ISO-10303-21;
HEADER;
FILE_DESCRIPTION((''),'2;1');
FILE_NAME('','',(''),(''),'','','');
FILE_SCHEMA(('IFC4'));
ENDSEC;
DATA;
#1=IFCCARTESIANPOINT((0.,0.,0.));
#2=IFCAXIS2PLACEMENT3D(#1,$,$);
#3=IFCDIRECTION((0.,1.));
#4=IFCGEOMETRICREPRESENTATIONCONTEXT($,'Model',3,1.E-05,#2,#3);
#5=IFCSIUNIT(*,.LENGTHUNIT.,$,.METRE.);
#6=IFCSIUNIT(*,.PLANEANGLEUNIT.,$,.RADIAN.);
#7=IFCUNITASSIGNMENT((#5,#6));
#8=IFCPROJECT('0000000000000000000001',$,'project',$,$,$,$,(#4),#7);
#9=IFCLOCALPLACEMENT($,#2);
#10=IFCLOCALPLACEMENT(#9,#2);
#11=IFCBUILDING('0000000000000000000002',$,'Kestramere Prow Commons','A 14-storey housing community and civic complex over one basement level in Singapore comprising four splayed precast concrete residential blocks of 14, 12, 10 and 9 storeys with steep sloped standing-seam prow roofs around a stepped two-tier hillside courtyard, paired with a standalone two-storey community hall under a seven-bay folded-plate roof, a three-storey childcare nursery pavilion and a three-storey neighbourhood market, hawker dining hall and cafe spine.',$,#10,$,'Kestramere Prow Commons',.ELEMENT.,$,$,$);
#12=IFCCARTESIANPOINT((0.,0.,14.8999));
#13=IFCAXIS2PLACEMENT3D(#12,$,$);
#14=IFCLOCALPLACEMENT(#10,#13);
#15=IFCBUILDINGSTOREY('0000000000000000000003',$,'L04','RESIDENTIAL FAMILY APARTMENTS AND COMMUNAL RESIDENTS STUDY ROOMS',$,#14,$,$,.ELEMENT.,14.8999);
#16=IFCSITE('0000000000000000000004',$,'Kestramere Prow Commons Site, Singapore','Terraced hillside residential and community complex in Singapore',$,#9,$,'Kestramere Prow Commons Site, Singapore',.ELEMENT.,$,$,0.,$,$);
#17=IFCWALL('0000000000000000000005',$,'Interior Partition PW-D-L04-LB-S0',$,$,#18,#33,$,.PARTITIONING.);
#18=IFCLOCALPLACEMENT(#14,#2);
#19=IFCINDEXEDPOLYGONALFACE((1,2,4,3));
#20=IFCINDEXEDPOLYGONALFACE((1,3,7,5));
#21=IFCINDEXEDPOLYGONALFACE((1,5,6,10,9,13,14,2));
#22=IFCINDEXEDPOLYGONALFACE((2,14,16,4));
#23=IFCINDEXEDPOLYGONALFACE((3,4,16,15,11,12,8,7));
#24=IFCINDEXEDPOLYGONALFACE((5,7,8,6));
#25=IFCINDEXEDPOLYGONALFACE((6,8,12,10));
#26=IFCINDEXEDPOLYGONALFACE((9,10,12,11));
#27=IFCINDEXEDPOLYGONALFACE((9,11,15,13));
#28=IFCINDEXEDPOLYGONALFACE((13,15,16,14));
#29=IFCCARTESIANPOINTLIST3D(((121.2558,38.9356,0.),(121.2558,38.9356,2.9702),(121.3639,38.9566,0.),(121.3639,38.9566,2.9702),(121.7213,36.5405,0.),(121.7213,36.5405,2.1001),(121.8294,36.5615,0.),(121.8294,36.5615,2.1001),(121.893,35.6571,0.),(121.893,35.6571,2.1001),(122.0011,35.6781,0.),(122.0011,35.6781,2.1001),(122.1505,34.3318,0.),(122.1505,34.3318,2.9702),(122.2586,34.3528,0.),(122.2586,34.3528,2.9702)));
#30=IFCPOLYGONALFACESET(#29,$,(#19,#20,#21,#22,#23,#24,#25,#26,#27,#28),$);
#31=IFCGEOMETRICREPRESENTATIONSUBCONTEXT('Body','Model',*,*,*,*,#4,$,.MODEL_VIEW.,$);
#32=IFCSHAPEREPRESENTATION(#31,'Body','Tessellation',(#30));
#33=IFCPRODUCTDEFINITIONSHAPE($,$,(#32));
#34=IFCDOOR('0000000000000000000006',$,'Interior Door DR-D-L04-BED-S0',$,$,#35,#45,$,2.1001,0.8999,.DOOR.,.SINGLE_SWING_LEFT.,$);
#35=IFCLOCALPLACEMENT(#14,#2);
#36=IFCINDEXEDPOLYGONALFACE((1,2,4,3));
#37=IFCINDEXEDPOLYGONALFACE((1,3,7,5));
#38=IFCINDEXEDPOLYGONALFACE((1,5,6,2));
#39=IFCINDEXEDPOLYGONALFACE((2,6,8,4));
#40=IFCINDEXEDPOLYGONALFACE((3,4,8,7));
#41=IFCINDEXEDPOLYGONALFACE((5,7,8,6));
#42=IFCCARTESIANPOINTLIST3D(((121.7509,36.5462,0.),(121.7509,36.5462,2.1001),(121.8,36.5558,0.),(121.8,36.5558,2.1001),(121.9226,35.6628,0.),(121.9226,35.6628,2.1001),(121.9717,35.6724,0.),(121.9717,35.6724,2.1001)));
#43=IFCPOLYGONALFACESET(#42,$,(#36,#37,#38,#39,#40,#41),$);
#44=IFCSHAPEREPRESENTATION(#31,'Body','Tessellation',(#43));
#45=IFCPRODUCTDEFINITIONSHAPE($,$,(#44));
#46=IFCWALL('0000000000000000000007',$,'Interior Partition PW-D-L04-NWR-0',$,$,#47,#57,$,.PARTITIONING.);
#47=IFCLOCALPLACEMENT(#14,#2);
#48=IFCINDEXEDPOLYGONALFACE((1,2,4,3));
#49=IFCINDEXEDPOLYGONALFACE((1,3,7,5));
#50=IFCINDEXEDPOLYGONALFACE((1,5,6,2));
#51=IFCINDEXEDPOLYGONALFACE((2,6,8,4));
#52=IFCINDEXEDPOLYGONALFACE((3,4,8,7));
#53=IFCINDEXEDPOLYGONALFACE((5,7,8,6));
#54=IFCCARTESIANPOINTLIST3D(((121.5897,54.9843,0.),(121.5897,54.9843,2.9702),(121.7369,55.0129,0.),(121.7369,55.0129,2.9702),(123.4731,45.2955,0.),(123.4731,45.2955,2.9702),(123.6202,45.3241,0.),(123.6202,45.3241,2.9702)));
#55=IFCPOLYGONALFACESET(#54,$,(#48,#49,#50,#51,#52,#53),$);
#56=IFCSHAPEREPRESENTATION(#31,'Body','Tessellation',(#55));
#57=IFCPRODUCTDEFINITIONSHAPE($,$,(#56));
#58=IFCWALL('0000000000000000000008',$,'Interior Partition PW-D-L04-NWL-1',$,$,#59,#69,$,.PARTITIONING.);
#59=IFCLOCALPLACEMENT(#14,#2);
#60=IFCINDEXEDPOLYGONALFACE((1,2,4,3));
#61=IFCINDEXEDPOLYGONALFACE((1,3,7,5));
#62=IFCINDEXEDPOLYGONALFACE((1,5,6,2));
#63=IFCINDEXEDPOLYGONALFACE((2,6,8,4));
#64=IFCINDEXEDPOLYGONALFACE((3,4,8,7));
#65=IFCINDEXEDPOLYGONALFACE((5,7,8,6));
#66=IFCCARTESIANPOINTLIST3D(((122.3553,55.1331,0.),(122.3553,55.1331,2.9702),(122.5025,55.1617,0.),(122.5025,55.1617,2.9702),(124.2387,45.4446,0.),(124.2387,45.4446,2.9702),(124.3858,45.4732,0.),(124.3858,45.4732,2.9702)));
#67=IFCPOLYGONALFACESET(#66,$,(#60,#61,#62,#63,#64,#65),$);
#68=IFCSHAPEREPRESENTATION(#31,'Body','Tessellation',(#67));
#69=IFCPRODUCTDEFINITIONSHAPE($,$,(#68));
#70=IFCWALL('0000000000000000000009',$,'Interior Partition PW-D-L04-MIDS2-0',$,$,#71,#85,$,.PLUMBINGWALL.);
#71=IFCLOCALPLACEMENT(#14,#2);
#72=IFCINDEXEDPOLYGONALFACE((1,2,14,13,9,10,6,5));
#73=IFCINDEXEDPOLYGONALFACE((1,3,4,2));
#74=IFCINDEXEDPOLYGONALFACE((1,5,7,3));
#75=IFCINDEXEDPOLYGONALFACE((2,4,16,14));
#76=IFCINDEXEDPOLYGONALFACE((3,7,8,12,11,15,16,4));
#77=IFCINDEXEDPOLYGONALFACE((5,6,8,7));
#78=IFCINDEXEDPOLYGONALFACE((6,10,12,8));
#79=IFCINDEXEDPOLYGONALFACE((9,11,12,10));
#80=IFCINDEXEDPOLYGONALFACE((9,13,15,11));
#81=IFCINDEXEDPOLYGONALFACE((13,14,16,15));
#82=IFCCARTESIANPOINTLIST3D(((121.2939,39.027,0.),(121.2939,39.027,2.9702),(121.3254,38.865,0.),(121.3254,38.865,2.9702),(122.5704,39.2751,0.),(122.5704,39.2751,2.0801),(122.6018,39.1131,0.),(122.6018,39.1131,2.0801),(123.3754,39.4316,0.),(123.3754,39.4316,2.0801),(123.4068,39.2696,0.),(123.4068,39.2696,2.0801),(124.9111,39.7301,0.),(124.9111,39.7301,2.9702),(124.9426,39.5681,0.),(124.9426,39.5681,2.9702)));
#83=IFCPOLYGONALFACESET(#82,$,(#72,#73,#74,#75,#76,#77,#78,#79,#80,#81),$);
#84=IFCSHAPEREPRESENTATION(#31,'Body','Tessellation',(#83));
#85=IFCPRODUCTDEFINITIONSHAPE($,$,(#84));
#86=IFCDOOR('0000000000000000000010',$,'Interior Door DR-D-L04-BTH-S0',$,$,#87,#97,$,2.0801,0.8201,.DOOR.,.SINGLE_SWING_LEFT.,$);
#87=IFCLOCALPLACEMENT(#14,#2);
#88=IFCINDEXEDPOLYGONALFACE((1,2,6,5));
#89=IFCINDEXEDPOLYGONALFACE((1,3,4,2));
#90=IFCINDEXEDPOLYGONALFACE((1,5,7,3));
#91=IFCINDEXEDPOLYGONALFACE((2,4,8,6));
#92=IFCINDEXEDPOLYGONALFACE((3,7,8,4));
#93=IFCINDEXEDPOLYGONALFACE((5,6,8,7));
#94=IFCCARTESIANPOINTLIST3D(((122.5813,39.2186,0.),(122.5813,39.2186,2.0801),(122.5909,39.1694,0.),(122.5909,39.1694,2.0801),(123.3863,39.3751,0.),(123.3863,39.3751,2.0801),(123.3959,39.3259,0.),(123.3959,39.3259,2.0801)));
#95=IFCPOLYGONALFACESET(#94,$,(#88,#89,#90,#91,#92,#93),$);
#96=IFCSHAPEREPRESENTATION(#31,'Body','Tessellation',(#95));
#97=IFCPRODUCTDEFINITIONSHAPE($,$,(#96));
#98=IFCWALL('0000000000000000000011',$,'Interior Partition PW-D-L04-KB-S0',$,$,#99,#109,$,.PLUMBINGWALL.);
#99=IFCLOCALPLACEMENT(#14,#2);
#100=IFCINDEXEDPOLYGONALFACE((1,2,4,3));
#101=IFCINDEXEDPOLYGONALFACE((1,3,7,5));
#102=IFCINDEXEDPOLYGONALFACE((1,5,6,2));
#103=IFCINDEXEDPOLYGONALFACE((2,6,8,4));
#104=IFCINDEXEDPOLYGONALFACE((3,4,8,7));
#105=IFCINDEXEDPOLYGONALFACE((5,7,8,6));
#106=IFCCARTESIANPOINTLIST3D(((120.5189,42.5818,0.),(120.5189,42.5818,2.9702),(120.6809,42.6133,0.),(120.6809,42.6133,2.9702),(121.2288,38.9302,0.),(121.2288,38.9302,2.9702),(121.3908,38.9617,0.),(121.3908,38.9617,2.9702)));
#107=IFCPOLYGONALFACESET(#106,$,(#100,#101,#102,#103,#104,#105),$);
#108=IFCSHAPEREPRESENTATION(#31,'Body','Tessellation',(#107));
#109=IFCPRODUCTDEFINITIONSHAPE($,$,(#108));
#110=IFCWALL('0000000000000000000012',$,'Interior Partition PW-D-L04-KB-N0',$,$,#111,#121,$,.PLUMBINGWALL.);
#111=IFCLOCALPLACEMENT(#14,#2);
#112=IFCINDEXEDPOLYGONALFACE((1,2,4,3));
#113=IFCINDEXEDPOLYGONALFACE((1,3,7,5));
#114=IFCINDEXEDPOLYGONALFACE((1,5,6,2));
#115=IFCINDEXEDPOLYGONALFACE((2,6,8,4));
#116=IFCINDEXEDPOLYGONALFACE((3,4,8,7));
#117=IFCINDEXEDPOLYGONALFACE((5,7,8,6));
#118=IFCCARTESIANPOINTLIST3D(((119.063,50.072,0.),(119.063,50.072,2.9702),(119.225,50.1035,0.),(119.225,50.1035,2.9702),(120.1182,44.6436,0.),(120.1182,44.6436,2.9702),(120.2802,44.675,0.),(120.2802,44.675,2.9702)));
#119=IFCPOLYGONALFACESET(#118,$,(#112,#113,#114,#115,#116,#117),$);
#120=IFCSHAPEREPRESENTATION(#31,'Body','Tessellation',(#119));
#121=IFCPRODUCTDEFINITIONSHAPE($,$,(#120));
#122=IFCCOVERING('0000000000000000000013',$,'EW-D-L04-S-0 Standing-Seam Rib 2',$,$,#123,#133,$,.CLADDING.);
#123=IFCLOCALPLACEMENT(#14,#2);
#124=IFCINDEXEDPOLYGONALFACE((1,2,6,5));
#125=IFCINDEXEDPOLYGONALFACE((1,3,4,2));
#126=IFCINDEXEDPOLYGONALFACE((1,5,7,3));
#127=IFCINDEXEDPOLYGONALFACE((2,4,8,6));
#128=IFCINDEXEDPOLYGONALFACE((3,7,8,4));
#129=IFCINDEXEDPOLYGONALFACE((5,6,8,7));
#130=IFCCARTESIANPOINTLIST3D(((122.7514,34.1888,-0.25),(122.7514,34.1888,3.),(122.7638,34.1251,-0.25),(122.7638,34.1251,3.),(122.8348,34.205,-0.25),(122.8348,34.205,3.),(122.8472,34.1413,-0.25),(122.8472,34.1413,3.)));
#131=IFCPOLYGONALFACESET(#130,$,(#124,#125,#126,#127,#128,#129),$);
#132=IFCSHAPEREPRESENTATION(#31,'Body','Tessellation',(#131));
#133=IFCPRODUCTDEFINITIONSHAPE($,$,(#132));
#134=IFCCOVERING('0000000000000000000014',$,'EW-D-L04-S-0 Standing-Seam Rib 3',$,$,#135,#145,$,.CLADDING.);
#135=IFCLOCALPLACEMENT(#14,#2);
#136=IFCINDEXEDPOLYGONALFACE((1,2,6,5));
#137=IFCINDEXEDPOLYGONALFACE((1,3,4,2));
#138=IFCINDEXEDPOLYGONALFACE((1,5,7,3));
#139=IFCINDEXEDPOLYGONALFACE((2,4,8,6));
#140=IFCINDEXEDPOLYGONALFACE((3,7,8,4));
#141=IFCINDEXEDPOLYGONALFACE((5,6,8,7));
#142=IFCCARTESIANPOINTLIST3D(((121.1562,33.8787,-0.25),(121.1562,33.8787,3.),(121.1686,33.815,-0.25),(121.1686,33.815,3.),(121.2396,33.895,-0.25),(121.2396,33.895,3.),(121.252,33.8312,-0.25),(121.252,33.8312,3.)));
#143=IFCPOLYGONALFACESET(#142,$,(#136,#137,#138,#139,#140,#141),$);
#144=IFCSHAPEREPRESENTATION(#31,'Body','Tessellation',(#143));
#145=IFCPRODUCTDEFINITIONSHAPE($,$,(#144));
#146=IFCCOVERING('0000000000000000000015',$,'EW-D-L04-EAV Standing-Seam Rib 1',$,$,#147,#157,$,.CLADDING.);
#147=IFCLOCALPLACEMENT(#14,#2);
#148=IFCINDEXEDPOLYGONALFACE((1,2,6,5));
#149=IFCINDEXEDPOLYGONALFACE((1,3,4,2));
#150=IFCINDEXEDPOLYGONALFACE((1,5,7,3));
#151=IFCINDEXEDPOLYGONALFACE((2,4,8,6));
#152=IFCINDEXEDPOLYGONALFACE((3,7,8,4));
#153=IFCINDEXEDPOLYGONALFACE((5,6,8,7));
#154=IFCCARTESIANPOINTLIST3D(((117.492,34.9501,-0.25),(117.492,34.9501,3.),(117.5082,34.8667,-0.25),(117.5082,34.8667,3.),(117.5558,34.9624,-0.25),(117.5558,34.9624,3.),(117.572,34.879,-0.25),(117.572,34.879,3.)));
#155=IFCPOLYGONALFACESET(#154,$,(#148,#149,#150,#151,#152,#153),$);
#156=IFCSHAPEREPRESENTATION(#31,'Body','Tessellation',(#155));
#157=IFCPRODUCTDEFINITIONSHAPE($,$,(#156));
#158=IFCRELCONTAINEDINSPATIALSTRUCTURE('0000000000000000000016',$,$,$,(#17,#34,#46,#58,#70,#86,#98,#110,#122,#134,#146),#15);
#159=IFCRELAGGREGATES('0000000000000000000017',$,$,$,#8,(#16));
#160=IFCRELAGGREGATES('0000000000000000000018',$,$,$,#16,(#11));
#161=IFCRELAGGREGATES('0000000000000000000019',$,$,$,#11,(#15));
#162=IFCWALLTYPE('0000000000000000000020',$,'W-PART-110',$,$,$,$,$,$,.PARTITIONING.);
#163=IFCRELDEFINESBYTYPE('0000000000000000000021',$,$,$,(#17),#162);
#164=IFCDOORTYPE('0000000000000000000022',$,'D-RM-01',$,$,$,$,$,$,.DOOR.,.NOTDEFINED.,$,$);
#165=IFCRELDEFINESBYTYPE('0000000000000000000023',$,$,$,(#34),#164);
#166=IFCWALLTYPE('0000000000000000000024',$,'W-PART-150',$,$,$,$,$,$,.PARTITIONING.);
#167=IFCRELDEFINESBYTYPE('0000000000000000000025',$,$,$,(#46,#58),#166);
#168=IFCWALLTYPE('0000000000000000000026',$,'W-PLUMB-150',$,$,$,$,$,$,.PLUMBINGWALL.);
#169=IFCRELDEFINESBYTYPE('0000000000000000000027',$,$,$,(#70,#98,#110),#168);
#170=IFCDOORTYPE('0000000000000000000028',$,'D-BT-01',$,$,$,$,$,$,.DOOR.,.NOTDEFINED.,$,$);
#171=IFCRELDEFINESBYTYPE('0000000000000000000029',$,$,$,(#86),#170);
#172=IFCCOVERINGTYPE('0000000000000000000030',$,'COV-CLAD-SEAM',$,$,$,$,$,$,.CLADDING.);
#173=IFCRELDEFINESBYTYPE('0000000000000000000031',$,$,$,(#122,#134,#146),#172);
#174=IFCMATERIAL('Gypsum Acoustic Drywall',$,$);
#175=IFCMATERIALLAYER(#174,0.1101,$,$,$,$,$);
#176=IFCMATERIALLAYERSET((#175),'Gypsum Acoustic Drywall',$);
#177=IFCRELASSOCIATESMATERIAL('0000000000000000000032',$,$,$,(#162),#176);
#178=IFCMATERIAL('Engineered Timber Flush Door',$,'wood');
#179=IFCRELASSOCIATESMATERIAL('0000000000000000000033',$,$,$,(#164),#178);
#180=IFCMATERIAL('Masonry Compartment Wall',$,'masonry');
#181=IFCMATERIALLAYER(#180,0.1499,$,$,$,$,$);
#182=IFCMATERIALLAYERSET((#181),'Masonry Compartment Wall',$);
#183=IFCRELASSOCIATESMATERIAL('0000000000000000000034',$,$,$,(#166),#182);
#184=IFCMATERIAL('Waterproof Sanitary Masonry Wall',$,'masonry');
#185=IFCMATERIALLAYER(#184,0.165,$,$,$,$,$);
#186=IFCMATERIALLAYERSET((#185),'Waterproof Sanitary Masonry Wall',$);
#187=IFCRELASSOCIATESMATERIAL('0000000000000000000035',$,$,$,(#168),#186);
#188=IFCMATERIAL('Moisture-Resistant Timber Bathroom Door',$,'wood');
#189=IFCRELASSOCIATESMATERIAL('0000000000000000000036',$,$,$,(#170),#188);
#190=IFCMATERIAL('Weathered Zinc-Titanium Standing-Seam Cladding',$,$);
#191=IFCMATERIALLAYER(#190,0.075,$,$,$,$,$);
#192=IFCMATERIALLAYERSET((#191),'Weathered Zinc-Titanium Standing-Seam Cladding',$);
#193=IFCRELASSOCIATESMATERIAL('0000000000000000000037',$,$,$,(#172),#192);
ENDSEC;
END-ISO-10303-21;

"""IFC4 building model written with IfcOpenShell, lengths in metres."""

from ifc_helpers import new_model, si_unit, direction, frame, frame_2d, origin, origin_2d, place, context, subcontext, project, spatial, rectangle, extrude, material, layer, layer_set, type_object, element, fill, save


model = new_model("IFC4")

# Units and contexts
model_context = context("Model", 3, precision=1e-05, world=origin(), true_north=direction((0.0, 1.0)))
body_context = subcontext(model_context, "Body", "Model", "MODEL_VIEW")
ifc_project = project(units=[si_unit("LENGTHUNIT", "METRE"), si_unit("PLANEANGLEUNIT", "RADIAN")], contexts=[model_context])

# Site, building, storey
site_placement = place(None, origin())
site = spatial("IfcSite", under=ifc_project, at=site_placement, Name="Kestramere Prow Commons Site, Singapore", Description="Terraced hillside residential and community complex in Singapore", LongName="Kestramere Prow Commons Site, Singapore", CompositionType="ELEMENT", RefElevation=0.0)
building_placement = place(site_placement, origin())
building = spatial("IfcBuilding", under=site, at=building_placement, Name="Kestramere Prow Commons", Description="A 14-storey housing community and civic complex over one basement level in Singapore comprising four splayed precast concrete residential blocks of 14, 12, 10 and 9 storeys with steep sloped standing-seam prow roofs around a stepped two-tier hillside courtyard, paired with a standalone two-storey community hall under a seven-bay folded-plate roof, a three-storey childcare nursery pavilion and a three-storey neighbourhood market, hawker dining hall and cafe spine.", LongName="Kestramere Prow Commons", CompositionType="ELEMENT")
storey_placement = place(building_placement, frame((0.0, 0.0, 14.8999)))
storey = spatial("IfcBuildingStorey", under=building, at=storey_placement, Name="L04", Description="RESIDENTIAL FAMILY APARTMENTS AND COMMUNAL RESIDENTS STUDY ROOMS", CompositionType="ELEMENT", Elevation=14.8999)

# Wall, opening, door
ifc_material_1 = material(Name="Gypsum Acoustic Drywall")
ifc_layer_1 = layer(ifc_material_1, 0.1101)
ifc_layer_set_1 = layer_set([ifc_layer_1], Name="Gypsum Acoustic Drywall")
wall_type_1 = type_object("IfcWallType", Name="W-PART-110", PredefinedType="PARTITIONING", material=ifc_layer_set_1)
wall_1_placement = place(storey_placement, frame((122.2046, 34.3423, 0.0), z_axis=(0.0, 0.0, 1.0), x_axis=(-0.190787, 0.981631, 0.0)))
wall_1 = element("IfcWall", 1, at=wall_1_placement, inside=storey, type_object=wall_type_1, Name="Interior Partition PW-D-L04-LB-S0", PredefinedType="PARTITIONING", context=body_context, shape_type="SweptSolid", body=[
    extrude(rectangle(XDim=4.6899, YDim=0.1101, at=frame_2d((2.345, 0.0))), origin(), (0.0, 0.0, 1.0), 2.9702),
])
opening_1_placement = place(wall_1_placement, frame((1.3501, 0.0, 0.0)))
opening_1 = element("IfcOpeningElement", 2, at=opening_1_placement, cuts=wall_1, PredefinedType="OPENING", context=body_context, shape_type="SweptSolid", body=[
    extrude(rectangle(XDim=0.8999, YDim=2.1001, at=frame_2d((0.45, 1.05))), frame((0.0, 0.0701, 0.0), z_axis=(0.0, -1.0, 0.0), x_axis=(1.0, 0.0, 0.0)), (0.0, 0.0, 1.0), 0.1401),
])
ifc_material_2 = material(Name="Engineered Timber Flush Door", Category="wood")
door_type_1 = type_object("IfcDoorType", Name="D-RM-01", OperationType="NOTDEFINED", PredefinedType="DOOR", material=ifc_material_2)
door_1_placement = place(opening_1_placement, origin())
door_1 = element("IfcDoor", 3, at=door_1_placement, inside=storey, type_object=door_type_1, Name="Interior Door DR-D-L04-BED-S0", OperationType="SINGLE_SWING_LEFT", OverallHeight=2.1001, OverallWidth=0.8999, PredefinedType="DOOR", context=body_context, shape_type="SweptSolid", body=[
    extrude(rectangle(XDim=0.8999, YDim=2.1001, at=frame_2d((0.45, 1.05))), frame((0.0, 0.0249, 0.0), z_axis=(0.0, -1.0, 0.0), x_axis=(1.0, 0.0, 0.0)), (0.0, 0.0, 1.0), 0.05),
])
fill(opening_1, door_1)

# Walls
ifc_material_3 = material(Name="Masonry Compartment Wall", Category="masonry")
ifc_layer_2 = layer(ifc_material_3, 0.1499)
ifc_layer_set_2 = layer_set([ifc_layer_2], Name="Masonry Compartment Wall")
wall_type_2 = type_object("IfcWallType", Name="W-PART-150", PredefinedType="PARTITIONING", material=ifc_layer_set_2)
wall_2_placement = place(storey_placement, frame((123.5466, 45.3098, 0.0), z_axis=(0.0, 0.0, 1.0), x_axis=(-0.190809, 0.981627, 0.0)))
element("IfcWall", 4, at=wall_2_placement, inside=storey, type_object=wall_type_2, Name="Interior Partition PW-D-L04-NWR-0", PredefinedType="PARTITIONING", context=body_context, shape_type="SweptSolid", body=[
    extrude(rectangle(XDim=9.8701, YDim=0.1499, at=frame_2d((4.9351, 0.0))), origin(), (0.0, 0.0, 1.0), 2.9702),
])
wall_3_placement = place(storey_placement, frame((124.3123, 45.4587, 0.0), z_axis=(0.0, 0.0, 1.0), x_axis=(-0.190814, 0.981626, 0.0)))
element("IfcWall", 5, at=wall_3_placement, inside=storey, type_object=wall_type_2, Name="Interior Partition PW-D-L04-NWL-1", PredefinedType="PARTITIONING", context=body_context, shape_type="SweptSolid", body=[
    extrude(rectangle(XDim=9.8699, YDim=0.1499, at=frame_2d((4.9351, 0.0))), origin(), (0.0, 0.0, 1.0), 2.9702),
])

# Wall, opening, door
ifc_material_4 = material(Name="Waterproof Sanitary Masonry Wall", Category="masonry")
ifc_layer_3 = layer(ifc_material_4, 0.165)
ifc_layer_set_3 = layer_set([ifc_layer_3], Name="Waterproof Sanitary Masonry Wall")
wall_type_3 = type_object("IfcWallType", Name="W-PLUMB-150", PredefinedType="PLUMBINGWALL", material=ifc_layer_set_3)
wall_4_placement = place(storey_placement, frame((121.3098, 38.946, 0.0), z_axis=(0.0, 0.0, 1.0), x_axis=(0.981626, 0.190813, 0.0)))
wall_4 = element("IfcWall", 6, at=wall_4_placement, inside=storey, type_object=wall_type_3, Name="Interior Partition PW-D-L04-MIDS2-0", PredefinedType="PLUMBINGWALL", context=body_context, shape_type="SweptSolid", body=[
    extrude(rectangle(XDim=3.6848, YDim=0.165, at=frame_2d((1.8423, 0.0))), origin(), (0.0, 0.0, 1.0), 2.9702),
])
opening_2_placement = place(wall_4_placement, frame((1.3, 0.0, 0.0)))
opening_2 = element("IfcOpeningElement", 7, at=opening_2_placement, cuts=wall_4, PredefinedType="OPENING", context=body_context, shape_type="SweptSolid", body=[
    extrude(rectangle(XDim=0.8201, YDim=2.0801, at=frame_2d((0.4102, 1.04))), frame((0.0, 0.0974, 0.0), z_axis=(0.0, -1.0, 0.0), x_axis=(1.0, 0.0, 0.0)), (0.0, 0.0, 1.0), 0.1951),
])
ifc_material_5 = material(Name="Moisture-Resistant Timber Bathroom Door", Category="wood")
door_type_2 = type_object("IfcDoorType", Name="D-BT-01", OperationType="NOTDEFINED", PredefinedType="DOOR", material=ifc_material_5)
door_2_placement = place(opening_2_placement, origin())
door_2 = element("IfcDoor", 8, at=door_2_placement, inside=storey, type_object=door_type_2, Name="Interior Door DR-D-L04-BTH-S0", OperationType="SINGLE_SWING_LEFT", OverallHeight=2.0801, OverallWidth=0.8201, PredefinedType="DOOR", context=body_context, shape_type="SweptSolid", body=[
    extrude(rectangle(XDim=0.8201, YDim=2.0801, at=frame_2d((0.4102, 1.04))), frame((0.0, 0.0249, 0.0), z_axis=(0.0, -1.0, 0.0), x_axis=(1.0, 0.0, 0.0)), (0.0, 0.0, 1.0), 0.05),
])
fill(opening_2, door_2)

# Walls
wall_5_placement = place(storey_placement, frame((121.3098, 38.946, 0.0), z_axis=(0.0, 0.0, 1.0), x_axis=(-0.19085, 0.981619, 0.0)))
element("IfcWall", 9, at=wall_5_placement, inside=storey, type_object=wall_type_3, Name="Interior Partition PW-D-L04-KB-S0", PredefinedType="PLUMBINGWALL", context=body_context, shape_type="SweptSolid", body=[
    extrude(rectangle(XDim=3.72, YDim=0.165, at=frame_2d((1.8599, 0.0))), origin(), (0.0, 0.0, 1.0), 2.9702),
])
wall_6_placement = place(storey_placement, frame((120.1992, 44.6592, 0.0), z_axis=(0.0, 0.0, 1.0), x_axis=(-0.190807, 0.981628, 0.0)))
element("IfcWall", 10, at=wall_6_placement, inside=storey, type_object=wall_type_3, Name="Interior Partition PW-D-L04-KB-N0", PredefinedType="PLUMBINGWALL", context=body_context, shape_type="SweptSolid", body=[
    extrude(rectangle(XDim=5.53, YDim=0.165, at=frame_2d((2.7651, 0.0))), origin(), (0.0, 0.0, 1.0), 2.9702),
])

# Coverings
ifc_material_6 = material(Name="Weathered Zinc-Titanium Standing-Seam Cladding")
ifc_layer_4 = layer(ifc_material_6, 0.075)
ifc_layer_set_4 = layer_set([ifc_layer_4], Name="Weathered Zinc-Titanium Standing-Seam Cladding")
covering_type = type_object("IfcCoveringType", Name="COV-CLAD-SEAM", PredefinedType="CLADDING", material=ifc_layer_set_4)
for number, where, z_axis, x_axis, name in (
    (11, (122.7993, 34.165, -0.25), (0.0, 0.0, 1.0), (-0.981627, -0.190809, 0.0), "EW-D-L04-S-0 Standing-Seam Rib 2"),
    (12, (121.2041, 33.855, -0.25), (0.0, 0.0, 1.0), (-0.981627, -0.190809, 0.0), "EW-D-L04-S-0 Standing-Seam Rib 3"),
    (13, (117.532, 34.9146, -0.25), (0.0, 0.0, 1.0), (-0.190809, 0.981627, 0.0), "EW-D-L04-EAV Standing-Seam Rib 1"),
):
    element("IfcCovering", number, at=place(storey_placement, frame(where, z_axis=z_axis, x_axis=x_axis)), inside=storey, type_object=covering_type, Name=name, PredefinedType="CLADDING", context=body_context, shape_type="SweptSolid", body=[
        extrude(rectangle(XDim=0.085, YDim=0.0649, at=origin_2d()), origin(), (0.0, 0.0, 1.0), 3.25),
    ])

save(model, "model.ifc")
